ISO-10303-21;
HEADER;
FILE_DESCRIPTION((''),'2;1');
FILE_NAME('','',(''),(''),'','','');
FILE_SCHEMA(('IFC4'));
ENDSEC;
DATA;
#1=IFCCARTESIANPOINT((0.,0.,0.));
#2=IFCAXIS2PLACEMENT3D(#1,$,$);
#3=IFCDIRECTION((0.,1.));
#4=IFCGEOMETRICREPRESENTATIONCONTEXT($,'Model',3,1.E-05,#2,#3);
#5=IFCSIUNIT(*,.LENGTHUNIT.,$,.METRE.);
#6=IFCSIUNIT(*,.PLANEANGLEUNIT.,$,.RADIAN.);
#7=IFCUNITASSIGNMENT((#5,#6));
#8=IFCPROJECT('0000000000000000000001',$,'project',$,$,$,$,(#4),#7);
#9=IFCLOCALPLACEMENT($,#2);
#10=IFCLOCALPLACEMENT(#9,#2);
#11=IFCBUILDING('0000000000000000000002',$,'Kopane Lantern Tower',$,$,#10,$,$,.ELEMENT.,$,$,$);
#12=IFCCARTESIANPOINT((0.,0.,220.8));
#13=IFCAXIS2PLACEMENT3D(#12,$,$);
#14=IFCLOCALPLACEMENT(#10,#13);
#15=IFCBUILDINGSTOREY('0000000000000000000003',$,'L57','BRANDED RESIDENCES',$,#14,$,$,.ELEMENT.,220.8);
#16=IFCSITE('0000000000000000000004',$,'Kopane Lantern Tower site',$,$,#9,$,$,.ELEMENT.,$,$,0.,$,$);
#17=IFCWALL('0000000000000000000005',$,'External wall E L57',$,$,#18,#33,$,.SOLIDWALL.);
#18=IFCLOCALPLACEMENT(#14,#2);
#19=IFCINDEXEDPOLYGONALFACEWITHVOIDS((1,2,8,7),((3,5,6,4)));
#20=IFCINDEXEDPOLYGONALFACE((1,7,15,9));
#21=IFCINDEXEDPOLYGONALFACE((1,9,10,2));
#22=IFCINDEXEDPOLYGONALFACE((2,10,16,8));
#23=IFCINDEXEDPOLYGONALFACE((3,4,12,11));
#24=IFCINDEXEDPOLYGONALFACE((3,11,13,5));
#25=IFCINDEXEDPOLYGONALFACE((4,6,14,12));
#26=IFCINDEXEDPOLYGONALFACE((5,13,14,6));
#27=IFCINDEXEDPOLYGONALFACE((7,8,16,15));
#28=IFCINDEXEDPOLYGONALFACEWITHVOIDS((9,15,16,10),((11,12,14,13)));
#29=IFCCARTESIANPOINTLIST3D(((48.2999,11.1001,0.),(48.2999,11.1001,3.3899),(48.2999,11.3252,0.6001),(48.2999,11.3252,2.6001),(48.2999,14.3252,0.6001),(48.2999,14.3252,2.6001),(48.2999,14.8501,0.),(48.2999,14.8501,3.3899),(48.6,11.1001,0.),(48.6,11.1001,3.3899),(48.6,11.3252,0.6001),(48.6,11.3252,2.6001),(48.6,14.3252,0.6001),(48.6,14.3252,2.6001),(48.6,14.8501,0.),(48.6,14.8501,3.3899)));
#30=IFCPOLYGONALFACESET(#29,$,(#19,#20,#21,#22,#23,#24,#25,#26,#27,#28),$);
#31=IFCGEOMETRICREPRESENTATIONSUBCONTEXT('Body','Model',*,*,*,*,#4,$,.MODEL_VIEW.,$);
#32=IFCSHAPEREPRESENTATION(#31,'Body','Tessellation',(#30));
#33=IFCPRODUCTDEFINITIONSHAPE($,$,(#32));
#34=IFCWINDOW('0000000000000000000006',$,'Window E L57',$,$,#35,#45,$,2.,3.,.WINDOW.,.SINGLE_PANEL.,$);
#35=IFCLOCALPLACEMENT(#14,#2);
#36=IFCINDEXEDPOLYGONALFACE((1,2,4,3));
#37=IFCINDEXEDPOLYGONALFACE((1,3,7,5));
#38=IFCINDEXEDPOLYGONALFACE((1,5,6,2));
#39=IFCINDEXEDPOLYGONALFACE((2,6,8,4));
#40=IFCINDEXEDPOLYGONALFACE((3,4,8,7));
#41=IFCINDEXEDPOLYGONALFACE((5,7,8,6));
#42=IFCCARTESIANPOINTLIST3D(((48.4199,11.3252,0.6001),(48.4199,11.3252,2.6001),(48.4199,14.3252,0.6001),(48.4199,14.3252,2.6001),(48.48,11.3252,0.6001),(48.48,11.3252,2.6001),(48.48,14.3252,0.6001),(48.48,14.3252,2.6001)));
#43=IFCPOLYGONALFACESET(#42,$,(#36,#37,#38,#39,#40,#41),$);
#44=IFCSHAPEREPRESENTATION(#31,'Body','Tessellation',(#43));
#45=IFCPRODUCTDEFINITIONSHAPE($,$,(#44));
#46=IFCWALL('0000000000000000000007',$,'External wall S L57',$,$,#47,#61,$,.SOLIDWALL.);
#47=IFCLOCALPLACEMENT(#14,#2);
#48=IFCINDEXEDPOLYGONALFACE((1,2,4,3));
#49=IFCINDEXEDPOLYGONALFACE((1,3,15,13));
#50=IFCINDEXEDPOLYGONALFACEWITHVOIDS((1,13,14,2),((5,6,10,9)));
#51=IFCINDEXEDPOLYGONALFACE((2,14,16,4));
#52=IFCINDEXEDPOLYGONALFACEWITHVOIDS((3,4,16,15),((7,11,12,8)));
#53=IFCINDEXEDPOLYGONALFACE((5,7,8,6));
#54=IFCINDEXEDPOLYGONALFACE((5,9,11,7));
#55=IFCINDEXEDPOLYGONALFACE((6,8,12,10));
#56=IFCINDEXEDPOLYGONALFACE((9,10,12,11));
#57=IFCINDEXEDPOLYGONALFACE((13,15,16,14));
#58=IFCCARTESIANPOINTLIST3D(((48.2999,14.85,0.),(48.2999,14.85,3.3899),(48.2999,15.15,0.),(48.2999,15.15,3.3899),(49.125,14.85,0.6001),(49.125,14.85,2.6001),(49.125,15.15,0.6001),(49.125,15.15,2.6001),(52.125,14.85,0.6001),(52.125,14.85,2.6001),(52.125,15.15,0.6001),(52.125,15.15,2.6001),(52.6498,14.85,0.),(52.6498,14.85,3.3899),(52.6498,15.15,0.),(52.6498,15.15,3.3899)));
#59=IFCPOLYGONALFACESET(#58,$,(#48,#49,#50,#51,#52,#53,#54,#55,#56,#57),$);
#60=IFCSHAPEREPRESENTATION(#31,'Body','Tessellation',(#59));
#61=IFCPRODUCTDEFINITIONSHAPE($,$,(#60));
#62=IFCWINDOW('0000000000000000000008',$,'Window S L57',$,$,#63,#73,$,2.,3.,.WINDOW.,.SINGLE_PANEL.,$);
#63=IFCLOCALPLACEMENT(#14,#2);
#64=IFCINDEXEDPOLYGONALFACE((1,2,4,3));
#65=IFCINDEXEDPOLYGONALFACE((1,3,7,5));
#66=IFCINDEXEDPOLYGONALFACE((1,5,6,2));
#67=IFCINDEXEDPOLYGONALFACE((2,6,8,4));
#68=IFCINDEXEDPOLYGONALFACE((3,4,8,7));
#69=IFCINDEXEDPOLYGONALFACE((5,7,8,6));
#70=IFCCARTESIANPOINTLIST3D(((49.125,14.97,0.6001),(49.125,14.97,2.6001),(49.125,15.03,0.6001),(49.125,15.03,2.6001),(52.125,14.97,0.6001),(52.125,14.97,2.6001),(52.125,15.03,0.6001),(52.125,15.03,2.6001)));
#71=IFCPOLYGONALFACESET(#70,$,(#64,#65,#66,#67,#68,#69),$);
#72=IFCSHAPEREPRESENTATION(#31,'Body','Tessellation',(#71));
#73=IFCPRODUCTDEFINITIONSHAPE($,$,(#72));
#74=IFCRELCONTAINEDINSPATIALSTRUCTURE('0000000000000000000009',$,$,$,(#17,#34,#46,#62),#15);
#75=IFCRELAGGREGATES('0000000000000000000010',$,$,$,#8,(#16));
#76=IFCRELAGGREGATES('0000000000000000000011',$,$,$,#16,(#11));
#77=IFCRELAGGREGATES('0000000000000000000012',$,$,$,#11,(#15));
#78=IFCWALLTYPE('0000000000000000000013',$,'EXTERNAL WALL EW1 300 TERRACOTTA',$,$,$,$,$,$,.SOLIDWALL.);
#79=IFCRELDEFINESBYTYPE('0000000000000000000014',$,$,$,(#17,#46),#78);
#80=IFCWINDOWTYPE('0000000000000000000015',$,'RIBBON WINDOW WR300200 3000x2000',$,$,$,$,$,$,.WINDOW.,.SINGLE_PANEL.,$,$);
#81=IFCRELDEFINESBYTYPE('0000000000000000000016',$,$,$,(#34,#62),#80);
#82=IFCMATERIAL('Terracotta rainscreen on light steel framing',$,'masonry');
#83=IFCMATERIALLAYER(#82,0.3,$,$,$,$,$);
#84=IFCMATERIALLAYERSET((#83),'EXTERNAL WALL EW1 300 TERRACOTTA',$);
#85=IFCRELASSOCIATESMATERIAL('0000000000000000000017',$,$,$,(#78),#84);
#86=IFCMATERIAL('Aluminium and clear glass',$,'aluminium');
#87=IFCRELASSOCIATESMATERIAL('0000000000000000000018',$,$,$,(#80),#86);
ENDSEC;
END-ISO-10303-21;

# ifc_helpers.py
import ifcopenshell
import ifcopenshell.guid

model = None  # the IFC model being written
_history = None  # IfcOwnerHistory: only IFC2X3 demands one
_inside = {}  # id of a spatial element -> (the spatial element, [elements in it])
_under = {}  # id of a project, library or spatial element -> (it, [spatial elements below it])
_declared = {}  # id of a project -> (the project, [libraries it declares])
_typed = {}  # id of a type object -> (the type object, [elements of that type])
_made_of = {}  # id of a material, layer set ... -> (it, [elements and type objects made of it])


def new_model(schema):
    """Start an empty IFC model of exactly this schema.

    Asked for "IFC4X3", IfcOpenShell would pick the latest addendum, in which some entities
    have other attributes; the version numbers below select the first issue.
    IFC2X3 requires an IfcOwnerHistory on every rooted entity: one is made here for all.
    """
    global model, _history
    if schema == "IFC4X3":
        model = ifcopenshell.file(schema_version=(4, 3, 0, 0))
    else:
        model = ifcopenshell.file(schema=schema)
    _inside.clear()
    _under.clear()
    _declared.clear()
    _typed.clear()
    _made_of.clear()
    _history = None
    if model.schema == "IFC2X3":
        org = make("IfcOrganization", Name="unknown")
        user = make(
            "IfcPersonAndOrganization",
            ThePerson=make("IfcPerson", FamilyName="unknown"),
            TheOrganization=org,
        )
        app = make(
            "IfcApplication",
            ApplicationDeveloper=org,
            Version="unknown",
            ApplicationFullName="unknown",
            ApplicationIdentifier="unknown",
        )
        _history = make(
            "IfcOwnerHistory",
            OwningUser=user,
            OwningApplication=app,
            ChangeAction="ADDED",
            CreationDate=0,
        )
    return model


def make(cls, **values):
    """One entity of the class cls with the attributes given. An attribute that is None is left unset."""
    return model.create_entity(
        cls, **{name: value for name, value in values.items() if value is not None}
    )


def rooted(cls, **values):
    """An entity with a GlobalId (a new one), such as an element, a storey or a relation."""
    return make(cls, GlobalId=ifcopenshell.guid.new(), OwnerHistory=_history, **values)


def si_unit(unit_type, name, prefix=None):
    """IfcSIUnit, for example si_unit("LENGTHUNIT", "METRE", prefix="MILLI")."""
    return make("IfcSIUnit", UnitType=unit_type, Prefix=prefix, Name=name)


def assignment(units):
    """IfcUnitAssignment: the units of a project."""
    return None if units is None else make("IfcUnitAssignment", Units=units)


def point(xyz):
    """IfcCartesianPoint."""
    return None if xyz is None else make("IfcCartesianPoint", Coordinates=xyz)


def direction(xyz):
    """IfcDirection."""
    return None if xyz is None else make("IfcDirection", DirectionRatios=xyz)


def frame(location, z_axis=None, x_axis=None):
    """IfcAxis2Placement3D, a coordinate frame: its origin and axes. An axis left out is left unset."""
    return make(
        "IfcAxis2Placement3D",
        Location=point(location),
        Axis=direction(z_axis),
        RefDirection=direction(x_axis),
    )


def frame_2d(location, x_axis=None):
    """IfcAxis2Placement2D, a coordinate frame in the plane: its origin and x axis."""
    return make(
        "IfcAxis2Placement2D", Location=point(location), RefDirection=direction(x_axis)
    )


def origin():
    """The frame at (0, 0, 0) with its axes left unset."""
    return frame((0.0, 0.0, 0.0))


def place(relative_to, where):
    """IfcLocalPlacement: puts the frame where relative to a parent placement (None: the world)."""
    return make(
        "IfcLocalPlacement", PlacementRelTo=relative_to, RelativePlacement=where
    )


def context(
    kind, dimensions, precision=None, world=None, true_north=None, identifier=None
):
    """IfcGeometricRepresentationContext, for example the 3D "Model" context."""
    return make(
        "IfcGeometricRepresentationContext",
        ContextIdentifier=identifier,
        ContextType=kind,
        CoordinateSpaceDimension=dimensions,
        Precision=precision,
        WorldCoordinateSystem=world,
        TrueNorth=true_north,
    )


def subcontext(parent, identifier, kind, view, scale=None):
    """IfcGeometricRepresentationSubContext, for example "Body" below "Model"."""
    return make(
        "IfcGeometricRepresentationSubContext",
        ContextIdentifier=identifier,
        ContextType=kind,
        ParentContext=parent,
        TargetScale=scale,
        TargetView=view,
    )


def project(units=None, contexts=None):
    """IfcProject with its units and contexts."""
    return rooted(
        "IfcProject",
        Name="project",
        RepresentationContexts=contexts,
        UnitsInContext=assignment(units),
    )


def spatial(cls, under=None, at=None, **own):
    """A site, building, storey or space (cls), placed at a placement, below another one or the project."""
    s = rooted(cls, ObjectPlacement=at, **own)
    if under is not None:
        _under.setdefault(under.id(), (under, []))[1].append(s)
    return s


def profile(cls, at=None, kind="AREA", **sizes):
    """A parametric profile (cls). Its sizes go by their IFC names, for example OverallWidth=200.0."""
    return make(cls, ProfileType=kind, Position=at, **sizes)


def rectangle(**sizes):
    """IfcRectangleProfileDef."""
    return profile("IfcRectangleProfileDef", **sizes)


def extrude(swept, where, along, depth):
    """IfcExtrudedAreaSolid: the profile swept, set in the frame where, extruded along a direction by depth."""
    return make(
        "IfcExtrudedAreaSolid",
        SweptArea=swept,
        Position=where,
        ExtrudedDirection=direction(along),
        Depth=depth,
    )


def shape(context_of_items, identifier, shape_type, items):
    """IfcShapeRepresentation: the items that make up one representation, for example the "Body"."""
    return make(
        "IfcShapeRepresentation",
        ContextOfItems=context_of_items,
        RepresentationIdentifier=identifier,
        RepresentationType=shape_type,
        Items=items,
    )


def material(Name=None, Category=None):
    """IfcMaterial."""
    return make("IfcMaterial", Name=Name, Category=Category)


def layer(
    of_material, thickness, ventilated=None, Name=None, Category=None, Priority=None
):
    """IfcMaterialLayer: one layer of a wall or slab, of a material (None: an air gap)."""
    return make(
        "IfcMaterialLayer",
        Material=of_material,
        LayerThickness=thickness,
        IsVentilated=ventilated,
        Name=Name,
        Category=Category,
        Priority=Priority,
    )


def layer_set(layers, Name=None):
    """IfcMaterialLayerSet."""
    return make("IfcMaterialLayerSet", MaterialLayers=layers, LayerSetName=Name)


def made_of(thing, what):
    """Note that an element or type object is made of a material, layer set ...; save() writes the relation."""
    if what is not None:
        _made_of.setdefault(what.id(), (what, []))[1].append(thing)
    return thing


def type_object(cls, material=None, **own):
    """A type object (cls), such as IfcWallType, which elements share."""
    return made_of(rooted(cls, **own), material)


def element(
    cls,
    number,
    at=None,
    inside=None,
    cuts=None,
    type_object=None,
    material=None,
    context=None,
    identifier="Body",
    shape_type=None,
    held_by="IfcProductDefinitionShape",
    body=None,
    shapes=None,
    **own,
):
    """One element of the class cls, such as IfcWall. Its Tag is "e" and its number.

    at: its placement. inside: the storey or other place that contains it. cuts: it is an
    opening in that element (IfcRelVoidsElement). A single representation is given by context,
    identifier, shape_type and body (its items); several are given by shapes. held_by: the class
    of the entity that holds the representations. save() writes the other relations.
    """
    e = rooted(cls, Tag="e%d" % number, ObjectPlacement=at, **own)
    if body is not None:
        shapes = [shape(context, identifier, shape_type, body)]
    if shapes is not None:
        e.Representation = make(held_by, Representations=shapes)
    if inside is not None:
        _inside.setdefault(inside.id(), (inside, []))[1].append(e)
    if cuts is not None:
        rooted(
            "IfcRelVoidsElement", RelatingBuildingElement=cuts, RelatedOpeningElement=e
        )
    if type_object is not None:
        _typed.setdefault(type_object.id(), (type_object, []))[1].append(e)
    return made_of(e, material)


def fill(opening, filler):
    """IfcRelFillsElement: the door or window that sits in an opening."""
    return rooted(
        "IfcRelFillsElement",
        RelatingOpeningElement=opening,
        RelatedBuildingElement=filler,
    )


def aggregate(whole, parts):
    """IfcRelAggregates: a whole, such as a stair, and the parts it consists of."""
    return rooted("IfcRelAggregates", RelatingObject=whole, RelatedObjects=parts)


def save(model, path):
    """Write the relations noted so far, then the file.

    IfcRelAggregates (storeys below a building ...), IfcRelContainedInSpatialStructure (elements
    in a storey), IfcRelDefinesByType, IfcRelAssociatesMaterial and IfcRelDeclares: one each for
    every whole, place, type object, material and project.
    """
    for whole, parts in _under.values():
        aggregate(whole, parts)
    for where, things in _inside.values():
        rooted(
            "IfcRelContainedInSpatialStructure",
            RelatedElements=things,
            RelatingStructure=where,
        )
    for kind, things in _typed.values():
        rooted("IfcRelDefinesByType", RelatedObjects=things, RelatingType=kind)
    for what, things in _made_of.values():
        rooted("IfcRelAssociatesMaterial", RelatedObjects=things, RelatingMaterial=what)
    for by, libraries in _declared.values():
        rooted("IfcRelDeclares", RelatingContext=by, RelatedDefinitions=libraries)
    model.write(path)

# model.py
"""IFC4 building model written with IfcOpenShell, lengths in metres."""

from ifc_helpers import new_model, si_unit, direction, frame, frame_2d, origin, place, context, subcontext, project, spatial, rectangle, extrude, material, layer, layer_set, type_object, element, fill, save


model = new_model("IFC4")

# Units and contexts
model_context = context("Model", 3, precision=1e-05, world=origin(), true_north=direction((0.0, 1.0)))
body_context = subcontext(model_context, "Body", "Model", "MODEL_VIEW")
ifc_project = project(units=[si_unit("LENGTHUNIT", "METRE"), si_unit("PLANEANGLEUNIT", "RADIAN")], contexts=[model_context])

# Site, building, storey
site_placement = place(None, origin())
site = spatial("IfcSite", under=ifc_project, at=site_placement, Name="Kopane Lantern Tower site", CompositionType="ELEMENT", RefElevation=0.0)
building_placement = place(site_placement, origin())
building = spatial("IfcBuilding", under=site, at=building_placement, Name="Kopane Lantern Tower", CompositionType="ELEMENT")
storey_placement = place(building_placement, frame((0.0, 0.0, 220.8)))
storey = spatial("IfcBuildingStorey", under=building, at=storey_placement, Name="L57", Description="BRANDED RESIDENCES", CompositionType="ELEMENT", Elevation=220.8)

# Walls, openings, windows
ifc_material_1 = material(Name="Terracotta rainscreen on light steel framing", Category="masonry")
ifc_layer_1 = layer(ifc_material_1, 0.3)
ifc_layer_set_1 = layer_set([ifc_layer_1], Name="EXTERNAL WALL EW1 300 TERRACOTTA")
wall_type_1 = type_object("IfcWallType", Name="EXTERNAL WALL EW1 300 TERRACOTTA", PredefinedType="SOLIDWALL", material=ifc_layer_set_1)
wall_1_placement = place(storey_placement, frame((48.45, 11.1001, 0.0), z_axis=(0.0, 0.0, 1.0), x_axis=(0.0, 1.0, 0.0)))
wall_1 = element("IfcWall", 1, at=wall_1_placement, inside=storey, type_object=wall_type_1, Name="External wall E L57", PredefinedType="SOLIDWALL", context=body_context, shape_type="SweptSolid", body=[
    extrude(rectangle(XDim=3.75, YDim=0.3, at=frame_2d((1.875, 0.0))), origin(), (0.0, 0.0, 1.0), 3.3899),
])
opening_1_placement = place(wall_1_placement, frame((0.2251, 0.0, 0.6001)))
opening_1 = element("IfcOpeningElement", 2, at=opening_1_placement, cuts=wall_1, PredefinedType="OPENING", context=body_context, shape_type="SweptSolid", body=[
    extrude(rectangle(XDim=3.0, YDim=2.0, at=frame_2d((1.5, 1.0))), frame((0.0, 0.1599, 0.0), z_axis=(0.0, -1.0, 0.0), x_axis=(1.0, 0.0, 0.0)), (0.0, 0.0, 1.0), 0.3201),
])
ifc_material_2 = material(Name="Aluminium and clear glass", Category="aluminium")
window_type = type_object("IfcWindowType", Name="RIBBON WINDOW WR300200 3000x2000", PartitioningType="SINGLE_PANEL", PredefinedType="WINDOW", material=ifc_material_2)
window_1_placement = place(opening_1_placement, origin())
window_1 = element("IfcWindow", 3, at=window_1_placement, inside=storey, type_object=window_type, Name="Window E L57", OverallHeight=2.0, OverallWidth=3.0, PartitioningType="SINGLE_PANEL", PredefinedType="WINDOW", context=body_context, shape_type="SweptSolid", body=[
    extrude(rectangle(XDim=3.0, YDim=2.0, at=frame_2d((1.5, 1.0))), frame((0.0, 0.03, 0.0), z_axis=(0.0, -1.0, 0.0), x_axis=(1.0, 0.0, 0.0)), (0.0, 0.0, 1.0), 0.0601),
])
fill(opening_1, window_1)
wall_2_placement = place(storey_placement, frame((48.3, 15.0, 0.0), z_axis=(0.0, 0.0, 1.0), x_axis=(1.0, 0.0, 0.0)))
wall_2 = element("IfcWall", 4, at=wall_2_placement, inside=storey, type_object=wall_type_1, Name="External wall S L57", PredefinedType="SOLIDWALL", context=body_context, shape_type="SweptSolid", body=[
    extrude(rectangle(XDim=4.3499, YDim=0.3, at=frame_2d((2.1748, 0.0))), origin(), (0.0, 0.0, 1.0), 3.3899),
])
opening_2_placement = place(wall_2_placement, frame((0.825, 0.0, 0.6001)))
opening_2 = element("IfcOpeningElement", 5, at=opening_2_placement, cuts=wall_2, PredefinedType="OPENING", context=body_context, shape_type="SweptSolid", body=[
    extrude(rectangle(XDim=3.0, YDim=2.0, at=frame_2d((1.5, 1.0))), frame((0.0, 0.1599, 0.0), z_axis=(0.0, -1.0, 0.0), x_axis=(1.0, 0.0, 0.0)), (0.0, 0.0, 1.0), 0.3201),
])
window_2_placement = place(opening_2_placement, origin())
window_2 = element("IfcWindow", 6, at=window_2_placement, inside=storey, type_object=window_type, Name="Window S L57", OverallHeight=2.0, OverallWidth=3.0, PartitioningType="SINGLE_PANEL", PredefinedType="WINDOW", context=body_context, shape_type="SweptSolid", body=[
    extrude(rectangle(XDim=3.0, YDim=2.0, at=frame_2d((1.5, 1.0))), frame((0.0, 0.03, 0.0), z_axis=(0.0, -1.0, 0.0), x_axis=(1.0, 0.0, 0.0)), (0.0, 0.0, 1.0), 0.0601),
])
fill(opening_2, window_2)

save(model, "model.ifc")
